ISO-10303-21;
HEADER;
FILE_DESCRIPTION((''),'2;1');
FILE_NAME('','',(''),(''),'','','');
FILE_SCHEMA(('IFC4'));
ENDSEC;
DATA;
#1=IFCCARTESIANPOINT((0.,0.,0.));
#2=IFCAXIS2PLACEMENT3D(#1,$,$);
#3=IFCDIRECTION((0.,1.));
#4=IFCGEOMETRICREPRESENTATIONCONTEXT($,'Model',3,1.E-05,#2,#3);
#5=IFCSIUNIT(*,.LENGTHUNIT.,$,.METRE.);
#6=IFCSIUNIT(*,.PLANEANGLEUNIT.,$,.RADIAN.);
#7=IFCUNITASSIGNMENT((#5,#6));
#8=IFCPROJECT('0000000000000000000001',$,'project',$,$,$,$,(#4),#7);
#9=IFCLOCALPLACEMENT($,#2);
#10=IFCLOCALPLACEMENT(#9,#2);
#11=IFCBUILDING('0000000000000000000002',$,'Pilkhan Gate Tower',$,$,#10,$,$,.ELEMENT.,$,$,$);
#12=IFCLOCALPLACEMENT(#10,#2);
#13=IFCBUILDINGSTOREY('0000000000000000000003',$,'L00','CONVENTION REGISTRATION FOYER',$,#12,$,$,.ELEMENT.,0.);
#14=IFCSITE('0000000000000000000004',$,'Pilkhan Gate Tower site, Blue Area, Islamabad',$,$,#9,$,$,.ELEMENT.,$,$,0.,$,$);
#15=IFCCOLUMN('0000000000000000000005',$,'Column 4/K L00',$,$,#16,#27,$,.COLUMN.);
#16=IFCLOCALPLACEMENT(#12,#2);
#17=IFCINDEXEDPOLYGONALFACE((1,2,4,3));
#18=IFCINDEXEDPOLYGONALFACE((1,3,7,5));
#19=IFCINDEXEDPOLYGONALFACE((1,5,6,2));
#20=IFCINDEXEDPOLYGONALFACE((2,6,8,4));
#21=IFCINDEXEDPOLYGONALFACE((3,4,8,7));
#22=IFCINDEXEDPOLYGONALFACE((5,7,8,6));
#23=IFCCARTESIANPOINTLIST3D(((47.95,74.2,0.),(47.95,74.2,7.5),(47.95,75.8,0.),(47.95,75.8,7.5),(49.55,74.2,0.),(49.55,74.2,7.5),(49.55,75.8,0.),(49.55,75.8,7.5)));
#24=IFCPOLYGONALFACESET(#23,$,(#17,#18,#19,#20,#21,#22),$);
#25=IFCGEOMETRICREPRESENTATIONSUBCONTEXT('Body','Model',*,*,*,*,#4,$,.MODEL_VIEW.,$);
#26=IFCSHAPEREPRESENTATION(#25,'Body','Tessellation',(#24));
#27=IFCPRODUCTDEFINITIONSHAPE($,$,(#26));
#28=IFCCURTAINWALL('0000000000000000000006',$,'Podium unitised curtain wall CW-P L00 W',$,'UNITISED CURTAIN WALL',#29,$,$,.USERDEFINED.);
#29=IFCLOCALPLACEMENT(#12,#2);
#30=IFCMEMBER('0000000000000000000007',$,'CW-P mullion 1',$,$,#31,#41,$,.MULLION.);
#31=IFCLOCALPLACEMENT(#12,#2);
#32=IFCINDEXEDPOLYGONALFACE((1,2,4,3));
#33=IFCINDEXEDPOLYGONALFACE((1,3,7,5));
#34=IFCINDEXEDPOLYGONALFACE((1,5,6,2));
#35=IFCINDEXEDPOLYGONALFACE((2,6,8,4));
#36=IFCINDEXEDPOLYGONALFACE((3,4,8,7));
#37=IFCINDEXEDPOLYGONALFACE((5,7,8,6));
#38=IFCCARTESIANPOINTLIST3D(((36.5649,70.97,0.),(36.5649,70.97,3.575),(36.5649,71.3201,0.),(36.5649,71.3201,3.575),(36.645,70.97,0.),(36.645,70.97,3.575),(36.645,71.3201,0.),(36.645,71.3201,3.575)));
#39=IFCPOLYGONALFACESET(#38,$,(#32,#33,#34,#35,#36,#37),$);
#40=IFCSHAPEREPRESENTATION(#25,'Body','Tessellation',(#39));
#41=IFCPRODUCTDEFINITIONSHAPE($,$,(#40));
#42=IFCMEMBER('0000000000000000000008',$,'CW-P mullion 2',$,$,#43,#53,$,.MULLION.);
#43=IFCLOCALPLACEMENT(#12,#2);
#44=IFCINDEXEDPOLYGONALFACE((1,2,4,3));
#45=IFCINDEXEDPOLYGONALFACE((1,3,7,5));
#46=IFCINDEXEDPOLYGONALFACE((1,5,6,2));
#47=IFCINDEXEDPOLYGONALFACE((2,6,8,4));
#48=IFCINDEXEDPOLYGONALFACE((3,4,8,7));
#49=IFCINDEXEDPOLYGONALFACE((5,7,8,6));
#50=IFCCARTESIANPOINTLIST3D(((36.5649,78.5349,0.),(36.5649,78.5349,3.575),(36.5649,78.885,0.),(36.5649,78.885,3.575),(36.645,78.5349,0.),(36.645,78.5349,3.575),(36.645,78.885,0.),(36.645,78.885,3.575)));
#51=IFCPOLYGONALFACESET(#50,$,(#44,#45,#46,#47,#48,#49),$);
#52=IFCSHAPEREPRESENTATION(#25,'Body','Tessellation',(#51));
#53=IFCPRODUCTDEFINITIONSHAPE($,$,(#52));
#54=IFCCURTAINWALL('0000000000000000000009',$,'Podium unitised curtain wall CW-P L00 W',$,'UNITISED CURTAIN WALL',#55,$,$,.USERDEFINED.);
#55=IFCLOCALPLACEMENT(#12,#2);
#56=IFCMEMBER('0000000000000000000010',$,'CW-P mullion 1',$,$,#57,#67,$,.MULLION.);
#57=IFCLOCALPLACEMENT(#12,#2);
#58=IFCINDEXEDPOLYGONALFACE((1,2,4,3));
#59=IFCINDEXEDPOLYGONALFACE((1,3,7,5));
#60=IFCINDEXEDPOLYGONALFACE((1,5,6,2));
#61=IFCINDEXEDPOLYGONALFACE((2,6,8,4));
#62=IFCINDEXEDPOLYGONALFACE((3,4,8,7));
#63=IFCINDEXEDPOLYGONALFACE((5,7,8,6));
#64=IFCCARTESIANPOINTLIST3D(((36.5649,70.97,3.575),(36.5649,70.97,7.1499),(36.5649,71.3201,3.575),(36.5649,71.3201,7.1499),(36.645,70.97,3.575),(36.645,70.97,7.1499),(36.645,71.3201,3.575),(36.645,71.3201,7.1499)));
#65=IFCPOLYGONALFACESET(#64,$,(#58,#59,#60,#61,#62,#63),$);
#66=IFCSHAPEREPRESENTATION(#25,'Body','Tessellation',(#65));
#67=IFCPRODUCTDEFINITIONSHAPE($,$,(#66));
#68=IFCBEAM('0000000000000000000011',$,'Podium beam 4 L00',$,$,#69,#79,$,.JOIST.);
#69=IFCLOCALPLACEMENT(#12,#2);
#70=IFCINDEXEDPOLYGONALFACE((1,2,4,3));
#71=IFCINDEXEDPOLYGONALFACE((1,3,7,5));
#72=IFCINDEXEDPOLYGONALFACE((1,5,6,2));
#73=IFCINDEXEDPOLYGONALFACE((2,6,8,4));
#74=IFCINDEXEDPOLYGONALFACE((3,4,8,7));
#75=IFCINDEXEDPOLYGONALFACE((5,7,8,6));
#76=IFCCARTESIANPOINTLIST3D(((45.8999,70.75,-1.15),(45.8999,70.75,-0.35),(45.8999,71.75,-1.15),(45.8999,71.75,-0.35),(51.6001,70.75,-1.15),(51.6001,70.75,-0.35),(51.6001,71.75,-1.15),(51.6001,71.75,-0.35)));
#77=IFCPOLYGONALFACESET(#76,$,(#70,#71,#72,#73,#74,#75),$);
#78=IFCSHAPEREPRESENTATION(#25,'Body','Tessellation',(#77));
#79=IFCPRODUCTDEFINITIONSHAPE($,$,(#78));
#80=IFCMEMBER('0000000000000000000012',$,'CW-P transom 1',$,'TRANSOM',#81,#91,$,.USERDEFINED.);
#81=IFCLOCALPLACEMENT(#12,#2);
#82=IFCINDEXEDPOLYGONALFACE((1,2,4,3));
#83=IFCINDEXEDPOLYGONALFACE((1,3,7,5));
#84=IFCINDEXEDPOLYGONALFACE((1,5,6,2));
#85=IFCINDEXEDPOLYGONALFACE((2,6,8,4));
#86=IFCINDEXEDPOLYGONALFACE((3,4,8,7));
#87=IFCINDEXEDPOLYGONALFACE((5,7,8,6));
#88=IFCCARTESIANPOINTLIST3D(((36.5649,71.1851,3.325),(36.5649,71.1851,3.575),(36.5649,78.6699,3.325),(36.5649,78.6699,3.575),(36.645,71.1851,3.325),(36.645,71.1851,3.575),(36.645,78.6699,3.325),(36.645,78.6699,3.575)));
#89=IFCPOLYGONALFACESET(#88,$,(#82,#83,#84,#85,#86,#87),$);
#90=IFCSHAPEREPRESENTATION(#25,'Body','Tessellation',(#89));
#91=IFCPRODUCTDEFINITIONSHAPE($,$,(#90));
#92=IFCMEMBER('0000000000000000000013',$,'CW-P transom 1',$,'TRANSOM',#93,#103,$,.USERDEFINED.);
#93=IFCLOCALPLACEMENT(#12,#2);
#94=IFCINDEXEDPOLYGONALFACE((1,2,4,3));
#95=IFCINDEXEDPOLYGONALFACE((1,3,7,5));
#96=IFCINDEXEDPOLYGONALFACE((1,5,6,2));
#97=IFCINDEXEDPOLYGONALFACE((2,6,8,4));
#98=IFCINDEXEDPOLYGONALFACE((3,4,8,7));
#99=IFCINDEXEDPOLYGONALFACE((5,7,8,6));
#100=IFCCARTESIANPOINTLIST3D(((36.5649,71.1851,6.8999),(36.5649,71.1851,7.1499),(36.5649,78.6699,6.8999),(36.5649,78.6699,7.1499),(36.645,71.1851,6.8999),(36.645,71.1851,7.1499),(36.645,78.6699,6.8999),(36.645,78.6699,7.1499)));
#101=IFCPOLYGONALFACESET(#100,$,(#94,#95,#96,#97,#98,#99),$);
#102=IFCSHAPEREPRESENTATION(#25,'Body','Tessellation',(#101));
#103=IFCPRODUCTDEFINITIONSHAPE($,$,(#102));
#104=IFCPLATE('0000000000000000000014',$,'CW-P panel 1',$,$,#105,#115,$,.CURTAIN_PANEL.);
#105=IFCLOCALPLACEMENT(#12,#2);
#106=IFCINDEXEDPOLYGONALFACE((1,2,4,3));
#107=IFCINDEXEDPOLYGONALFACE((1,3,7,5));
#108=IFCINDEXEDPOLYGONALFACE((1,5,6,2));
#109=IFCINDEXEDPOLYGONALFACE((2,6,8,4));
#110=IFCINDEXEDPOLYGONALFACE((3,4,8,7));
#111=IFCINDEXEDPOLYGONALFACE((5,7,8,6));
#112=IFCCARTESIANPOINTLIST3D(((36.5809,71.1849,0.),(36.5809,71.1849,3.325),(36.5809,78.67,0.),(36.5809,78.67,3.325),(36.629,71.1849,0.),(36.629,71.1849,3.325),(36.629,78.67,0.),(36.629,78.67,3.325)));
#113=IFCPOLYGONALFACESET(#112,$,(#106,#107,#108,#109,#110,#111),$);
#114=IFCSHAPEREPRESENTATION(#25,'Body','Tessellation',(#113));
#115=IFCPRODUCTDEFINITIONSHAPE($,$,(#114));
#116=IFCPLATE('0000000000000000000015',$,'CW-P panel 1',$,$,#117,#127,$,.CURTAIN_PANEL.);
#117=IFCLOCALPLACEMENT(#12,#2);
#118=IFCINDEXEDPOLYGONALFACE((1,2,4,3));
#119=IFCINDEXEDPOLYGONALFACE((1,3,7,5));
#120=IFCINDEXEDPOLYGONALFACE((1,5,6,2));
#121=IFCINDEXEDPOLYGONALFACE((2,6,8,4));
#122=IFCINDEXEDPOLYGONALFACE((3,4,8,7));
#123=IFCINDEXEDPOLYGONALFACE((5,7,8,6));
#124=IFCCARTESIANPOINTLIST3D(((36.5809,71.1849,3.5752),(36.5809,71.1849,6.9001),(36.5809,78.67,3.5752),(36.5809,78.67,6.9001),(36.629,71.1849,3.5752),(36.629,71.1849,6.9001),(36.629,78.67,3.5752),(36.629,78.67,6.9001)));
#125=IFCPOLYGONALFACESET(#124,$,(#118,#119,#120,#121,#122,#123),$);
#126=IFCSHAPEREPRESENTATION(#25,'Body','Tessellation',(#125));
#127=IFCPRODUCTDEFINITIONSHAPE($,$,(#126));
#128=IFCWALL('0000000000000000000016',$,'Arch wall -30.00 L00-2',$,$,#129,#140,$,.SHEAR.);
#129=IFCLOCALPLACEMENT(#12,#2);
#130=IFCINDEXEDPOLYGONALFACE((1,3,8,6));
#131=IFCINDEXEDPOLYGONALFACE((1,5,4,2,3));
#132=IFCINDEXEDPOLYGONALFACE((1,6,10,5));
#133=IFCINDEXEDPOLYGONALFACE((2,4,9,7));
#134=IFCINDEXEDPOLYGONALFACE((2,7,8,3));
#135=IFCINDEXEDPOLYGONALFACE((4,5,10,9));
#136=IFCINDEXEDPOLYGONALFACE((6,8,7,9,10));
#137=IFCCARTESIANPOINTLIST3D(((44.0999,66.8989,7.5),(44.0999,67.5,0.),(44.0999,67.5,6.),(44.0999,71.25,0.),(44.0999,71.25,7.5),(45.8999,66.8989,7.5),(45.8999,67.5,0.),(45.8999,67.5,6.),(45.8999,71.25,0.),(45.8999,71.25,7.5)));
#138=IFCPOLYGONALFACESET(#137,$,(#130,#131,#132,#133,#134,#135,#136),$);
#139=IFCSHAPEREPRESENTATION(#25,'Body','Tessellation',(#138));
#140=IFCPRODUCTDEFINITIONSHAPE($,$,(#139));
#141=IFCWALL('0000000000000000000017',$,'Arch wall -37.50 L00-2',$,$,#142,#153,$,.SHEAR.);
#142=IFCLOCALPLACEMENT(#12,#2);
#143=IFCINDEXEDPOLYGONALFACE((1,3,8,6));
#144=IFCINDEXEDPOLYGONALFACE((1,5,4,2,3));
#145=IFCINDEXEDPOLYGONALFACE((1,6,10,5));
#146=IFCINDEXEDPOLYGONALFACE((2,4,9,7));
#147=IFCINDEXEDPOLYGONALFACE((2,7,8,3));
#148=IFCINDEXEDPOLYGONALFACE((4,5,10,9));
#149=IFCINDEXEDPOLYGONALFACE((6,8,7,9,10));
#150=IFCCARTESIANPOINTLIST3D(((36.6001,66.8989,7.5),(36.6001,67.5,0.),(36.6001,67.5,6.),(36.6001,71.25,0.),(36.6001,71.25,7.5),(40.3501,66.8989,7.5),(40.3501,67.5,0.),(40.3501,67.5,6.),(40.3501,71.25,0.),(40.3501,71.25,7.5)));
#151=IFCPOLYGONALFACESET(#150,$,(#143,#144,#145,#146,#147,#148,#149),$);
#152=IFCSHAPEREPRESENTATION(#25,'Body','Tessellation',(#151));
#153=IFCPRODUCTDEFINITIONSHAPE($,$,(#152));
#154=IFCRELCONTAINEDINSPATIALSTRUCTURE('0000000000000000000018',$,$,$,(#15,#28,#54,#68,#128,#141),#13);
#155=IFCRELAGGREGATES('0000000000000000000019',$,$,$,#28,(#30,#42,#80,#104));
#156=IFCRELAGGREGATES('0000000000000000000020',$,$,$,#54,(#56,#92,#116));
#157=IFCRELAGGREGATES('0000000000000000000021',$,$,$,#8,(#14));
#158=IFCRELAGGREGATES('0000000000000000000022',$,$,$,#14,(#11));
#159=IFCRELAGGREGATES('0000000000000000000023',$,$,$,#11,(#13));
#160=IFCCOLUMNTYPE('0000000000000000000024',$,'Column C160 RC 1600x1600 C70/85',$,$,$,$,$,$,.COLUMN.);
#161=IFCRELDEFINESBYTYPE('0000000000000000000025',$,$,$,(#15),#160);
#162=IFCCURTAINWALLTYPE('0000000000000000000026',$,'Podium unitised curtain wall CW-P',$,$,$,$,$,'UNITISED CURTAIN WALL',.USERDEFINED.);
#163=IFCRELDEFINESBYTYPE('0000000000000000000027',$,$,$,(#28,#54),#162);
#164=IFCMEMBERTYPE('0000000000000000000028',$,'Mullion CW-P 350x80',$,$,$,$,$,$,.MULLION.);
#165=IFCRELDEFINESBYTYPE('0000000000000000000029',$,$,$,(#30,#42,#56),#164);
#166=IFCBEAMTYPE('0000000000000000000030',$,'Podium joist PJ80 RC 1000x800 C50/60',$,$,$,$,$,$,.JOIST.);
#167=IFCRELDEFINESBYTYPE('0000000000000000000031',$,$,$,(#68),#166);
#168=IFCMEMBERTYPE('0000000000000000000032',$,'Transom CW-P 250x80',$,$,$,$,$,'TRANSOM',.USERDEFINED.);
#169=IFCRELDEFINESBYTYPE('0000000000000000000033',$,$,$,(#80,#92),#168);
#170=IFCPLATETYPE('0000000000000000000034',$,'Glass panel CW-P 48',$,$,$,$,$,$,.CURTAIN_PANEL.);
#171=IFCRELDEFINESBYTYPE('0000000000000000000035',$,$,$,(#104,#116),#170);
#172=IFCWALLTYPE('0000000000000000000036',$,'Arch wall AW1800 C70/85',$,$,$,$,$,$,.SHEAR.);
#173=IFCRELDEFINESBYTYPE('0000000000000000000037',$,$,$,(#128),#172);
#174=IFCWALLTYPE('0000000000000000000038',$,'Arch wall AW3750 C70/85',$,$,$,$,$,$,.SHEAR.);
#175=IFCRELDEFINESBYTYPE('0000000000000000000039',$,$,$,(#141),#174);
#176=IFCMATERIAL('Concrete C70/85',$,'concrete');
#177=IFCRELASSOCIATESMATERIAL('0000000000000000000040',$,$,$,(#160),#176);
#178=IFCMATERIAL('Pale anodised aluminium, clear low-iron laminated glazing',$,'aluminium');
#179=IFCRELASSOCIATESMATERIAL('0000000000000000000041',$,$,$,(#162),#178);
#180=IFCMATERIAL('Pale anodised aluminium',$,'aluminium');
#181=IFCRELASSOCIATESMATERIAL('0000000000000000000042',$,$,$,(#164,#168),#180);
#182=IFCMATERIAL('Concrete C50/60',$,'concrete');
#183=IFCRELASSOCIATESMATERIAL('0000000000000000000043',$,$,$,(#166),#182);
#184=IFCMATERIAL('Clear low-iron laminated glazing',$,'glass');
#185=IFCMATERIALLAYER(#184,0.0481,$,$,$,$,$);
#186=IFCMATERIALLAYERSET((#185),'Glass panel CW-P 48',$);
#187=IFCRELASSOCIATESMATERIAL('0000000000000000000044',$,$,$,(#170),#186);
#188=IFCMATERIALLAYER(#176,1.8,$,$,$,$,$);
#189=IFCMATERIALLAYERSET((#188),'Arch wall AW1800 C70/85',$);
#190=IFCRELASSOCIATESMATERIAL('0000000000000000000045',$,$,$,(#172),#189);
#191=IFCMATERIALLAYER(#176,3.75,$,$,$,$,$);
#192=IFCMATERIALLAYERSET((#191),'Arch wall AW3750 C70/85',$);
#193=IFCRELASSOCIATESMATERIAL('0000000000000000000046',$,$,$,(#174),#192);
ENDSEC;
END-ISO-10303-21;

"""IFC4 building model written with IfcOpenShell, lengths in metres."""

from ifc_helpers import new_model, si_unit, direction, frame, origin, origin_2d, place, context, subcontext, project, spatial, polyline, rectangle, outline, extrude, material, layer, layer_set, material_profile, profile_set, type_object, element, aggregate, save


model = new_model("IFC4")

# Units and contexts
model_context = context("Model", 3, precision=1e-05, world=origin(), true_north=direction((0.0, 1.0)))
body_context = subcontext(model_context, "Body", "Model", "MODEL_VIEW")
ifc_project = project(units=[si_unit("LENGTHUNIT", "METRE"), si_unit("PLANEANGLEUNIT", "RADIAN")], contexts=[model_context])

# Site, building, storey
site_placement = place(None, origin())
site = spatial("IfcSite", under=ifc_project, at=site_placement, Name="Pilkhan Gate Tower site, Blue Area, Islamabad", CompositionType="ELEMENT", RefElevation=0.0)
building_placement = place(site_placement, origin())
building = spatial("IfcBuilding", under=site, at=building_placement, Name="Pilkhan Gate Tower", CompositionType="ELEMENT")
storey_placement = place(building_placement, origin())
storey = spatial("IfcBuildingStorey", under=building, at=storey_placement, Name="L00", Description="CONVENTION REGISTRATION FOYER", CompositionType="ELEMENT", Elevation=0.0)

# Column
ifc_material_1 = material(Name="Concrete C70/85", Category="concrete")
ifc_material_profile_1 = material_profile(ifc_material_1, rectangle(XDim=1.6001, YDim=1.6001, at=origin_2d()), Name="RC 1600x1600")
ifc_profile_set_1 = profile_set([ifc_material_profile_1], Name="Concrete C70/85")
column_type = type_object("IfcColumnType", Name="Column C160 RC 1600x1600 C70/85", PredefinedType="COLUMN", material=ifc_profile_set_1)
column_placement = place(storey_placement, frame((48.75, 75.0, 0.0), z_axis=(0.0, 0.0, 1.0), x_axis=(1.0, 0.0, 0.0)))
element("IfcColumn", 1, at=column_placement, inside=storey, type_object=column_type, Name="Column 4/K L00", PredefinedType="COLUMN", context=body_context, shape_type="SweptSolid", body=[
    extrude(rectangle(XDim=1.6001, YDim=1.6001, at=origin_2d()), origin(), (0.0, 0.0, 1.0), 7.5),
])

# Curtain wall, members
ifc_material_2 = material(Name="Pale anodised aluminium, clear low-iron laminated glazing", Category="aluminium")
curtain_wall_type = type_object("IfcCurtainWallType", Name="Podium unitised curtain wall CW-P", ElementType="UNITISED CURTAIN WALL", PredefinedType="USERDEFINED", material=ifc_material_2)
curtain_wall_1_placement = place(storey_placement, origin())
curtain_wall_1 = element("IfcCurtainWall", 2, at=curtain_wall_1_placement, inside=storey, type_object=curtain_wall_type, Name="Podium unitised curtain wall CW-P L00 W", ObjectType="UNITISED CURTAIN WALL", PredefinedType="USERDEFINED")
ifc_material_3 = material(Name="Pale anodised aluminium", Category="aluminium")
ifc_material_profile_2 = material_profile(ifc_material_3, rectangle(XDim=0.0801, YDim=0.3501, at=origin_2d()), Name="Mullion 350x80")
ifc_profile_set_2 = profile_set([ifc_material_profile_2], Name="Pale anodised aluminium")
member_type_1 = type_object("IfcMemberType", Name="Mullion CW-P 350x80", PredefinedType="MULLION", material=ifc_profile_set_2)
member_1_placement = place(storey_placement, frame((36.605, 71.145, 0.0), z_axis=(0.0, 0.0, 1.0), x_axis=(-1.0, 0.0, 0.0)))
member_1 = element("IfcMember", 3, at=member_1_placement, type_object=member_type_1, Name="CW-P mullion 1", PredefinedType="MULLION", context=body_context, shape_type="SweptSolid", body=[
    extrude(rectangle(XDim=0.0801, YDim=0.3501, at=origin_2d()), origin(), (0.0, 0.0, 1.0), 3.575),
])
member_2_placement = place(storey_placement, frame((36.605, 78.71, 0.0), z_axis=(0.0, 0.0, 1.0), x_axis=(-1.0, 0.0, 0.0)))
member_2 = element("IfcMember", 4, at=member_2_placement, type_object=member_type_1, Name="CW-P mullion 2", PredefinedType="MULLION", context=body_context, shape_type="SweptSolid", body=[
    extrude(rectangle(XDim=0.0801, YDim=0.3501, at=origin_2d()), origin(), (0.0, 0.0, 1.0), 3.575),
])

# Curtain wall, member
curtain_wall_2_placement = place(storey_placement, origin())
curtain_wall_2 = element("IfcCurtainWall", 5, at=curtain_wall_2_placement, inside=storey, type_object=curtain_wall_type, Name="Podium unitised curtain wall CW-P L00 W", ObjectType="UNITISED CURTAIN WALL", PredefinedType="USERDEFINED")
member_3_placement = place(storey_placement, frame((36.605, 71.145, 3.575), z_axis=(0.0, 0.0, 1.0), x_axis=(-1.0, 0.0, 0.0)))
member_3 = element("IfcMember", 6, at=member_3_placement, type_object=member_type_1, Name="CW-P mullion 1", PredefinedType="MULLION", context=body_context, shape_type="SweptSolid", body=[
    extrude(rectangle(XDim=0.0801, YDim=0.3501, at=origin_2d()), origin(), (0.0, 0.0, 1.0), 3.575),
])

# Beam
ifc_material_4 = material(Name="Concrete C50/60", Category="concrete")
ifc_material_profile_3 = material_profile(ifc_material_4, rectangle(XDim=1.0, YDim=0.8, at=origin_2d()), Name="RC 1000x800")
ifc_profile_set_3 = profile_set([ifc_material_profile_3], Name="Concrete C50/60")
beam_type = type_object("IfcBeamType", Name="Podium joist PJ80 RC 1000x800 C50/60", PredefinedType="JOIST", material=ifc_profile_set_3)
beam_placement = place(storey_placement, frame((45.8999, 71.25, -0.75), z_axis=(1.0, 0.0, 0.0), x_axis=(0.0, 1.0, 0.0)))
element("IfcBeam", 7, at=beam_placement, inside=storey, type_object=beam_type, Name="Podium beam 4 L00", PredefinedType="JOIST", context=body_context, shape_type="SweptSolid", body=[
    extrude(rectangle(XDim=1.0, YDim=0.8, at=origin_2d()), origin(), (0.0, 0.0, 1.0), 5.7002),
])

# Members
ifc_material_profile_4 = material_profile(ifc_material_3, rectangle(XDim=0.0801, YDim=0.25, at=origin_2d()), Name="Transom 250x80")
ifc_profile_set_4 = profile_set([ifc_material_profile_4], Name="Pale anodised aluminium")
member_type_2 = type_object("IfcMemberType", Name="Transom CW-P 250x80", ElementType="TRANSOM", PredefinedType="USERDEFINED", material=ifc_profile_set_4)
member_4_placement = place(storey_placement, frame((36.605, 71.1851, 3.45), z_axis=(0.0, 1.0, 0.0), x_axis=(-1.0, 0.0, 0.0)))
member_4 = element("IfcMember", 8, at=member_4_placement, type_object=member_type_2, Name="CW-P transom 1", ObjectType="TRANSOM", PredefinedType="USERDEFINED", context=body_context, shape_type="SweptSolid", body=[
    extrude(rectangle(XDim=0.0801, YDim=0.25, at=origin_2d()), origin(), (0.0, 0.0, 1.0), 7.4849),
])
member_5_placement = place(storey_placement, frame((36.605, 71.1851, 7.0249), z_axis=(0.0, 1.0, 0.0), x_axis=(-1.0, 0.0, 0.0)))
member_5 = element("IfcMember", 9, at=member_5_placement, type_object=member_type_2, Name="CW-P transom 1", ObjectType="TRANSOM", PredefinedType="USERDEFINED", context=body_context, shape_type="SweptSolid", body=[
    extrude(rectangle(XDim=0.0801, YDim=0.25, at=origin_2d()), origin(), (0.0, 0.0, 1.0), 7.4849),
])

# Plates
ifc_material_5 = material(Name="Clear low-iron laminated glazing", Category="glass")
ifc_layer_1 = layer(ifc_material_5, 0.0481)
ifc_layer_set_1 = layer_set([ifc_layer_1], Name="Glass panel CW-P 48")
plate_type = type_object("IfcPlateType", Name="Glass panel CW-P 48", PredefinedType="CURTAIN_PANEL", material=ifc_layer_set_1)
plate_1_placement = place(storey_placement, frame((36.605, 74.9275, 0.0), z_axis=(0.0, 0.0, 1.0), x_axis=(0.0, 1.0, 0.0)))
plate_1 = element("IfcPlate", 10, at=plate_1_placement, type_object=plate_type, Name="CW-P panel 1", PredefinedType="CURTAIN_PANEL", context=body_context, shape_type="SweptSolid", body=[
    extrude(rectangle(XDim=7.4851, YDim=0.0481, at=origin_2d()), origin(), (0.0, 0.0, 1.0), 3.325),
])
aggregate(curtain_wall_1, [member_1, member_2, member_4, plate_1])
plate_2_placement = place(storey_placement, frame((36.605, 74.9275, 3.5752), z_axis=(0.0, 0.0, 1.0), x_axis=(0.0, 1.0, 0.0)))
plate_2 = element("IfcPlate", 11, at=plate_2_placement, type_object=plate_type, Name="CW-P panel 1", PredefinedType="CURTAIN_PANEL", context=body_context, shape_type="SweptSolid", body=[
    extrude(rectangle(XDim=7.4851, YDim=0.0481, at=origin_2d()), origin(), (0.0, 0.0, 1.0), 3.325),
])
aggregate(curtain_wall_2, [member_3, member_5, plate_2])

# Walls
ifc_layer_2 = layer(ifc_material_1, 1.8)
ifc_layer_set_2 = layer_set([ifc_layer_2], Name="Arch wall AW1800 C70/85")
wall_type_1 = type_object("IfcWallType", Name="Arch wall AW1800 C70/85", PredefinedType="SHEAR", material=ifc_layer_set_2)
wall_1_placement = place(storey_placement, frame((45.8999, 71.25, 7.5), z_axis=(1.0, 0.0, 0.0), x_axis=(0.0, -1.0, 0.0)))
element("IfcWall", 12, at=wall_1_placement, inside=storey, type_object=wall_type_1, Name="Arch wall -30.00 L00-2", PredefinedType="SHEAR", context=body_context, shape_type="SweptSolid", body=[
    extrude(outline(polyline([(0.0, 0.0), (4.3511, 0.0), (3.75, 1.5), (3.75, 7.5), (0.0, 7.5), (0.0, 0.0)])), origin(), (0.0, 0.0, -1.0), 1.8),
])
ifc_layer_3 = layer(ifc_material_1, 3.75)
ifc_layer_set_3 = layer_set([ifc_layer_3], Name="Arch wall AW3750 C70/85")
wall_type_2 = type_object("IfcWallType", Name="Arch wall AW3750 C70/85", PredefinedType="SHEAR", material=ifc_layer_set_3)
wall_2_placement = place(storey_placement, frame((40.3501, 71.25, 7.5), z_axis=(1.0, 0.0, 0.0), x_axis=(0.0, -1.0, 0.0)))
element("IfcWall", 13, at=wall_2_placement, inside=storey, type_object=wall_type_2, Name="Arch wall -37.50 L00-2", PredefinedType="SHEAR", context=body_context, shape_type="SweptSolid", body=[
    extrude(outline(polyline([(0.0, 0.0), (4.3511, 0.0), (3.75, 1.5), (3.75, 7.5), (0.0, 7.5), (0.0, 0.0)])), origin(), (0.0, 0.0, -1.0), 3.75),
])

save(model, "model.ifc")
